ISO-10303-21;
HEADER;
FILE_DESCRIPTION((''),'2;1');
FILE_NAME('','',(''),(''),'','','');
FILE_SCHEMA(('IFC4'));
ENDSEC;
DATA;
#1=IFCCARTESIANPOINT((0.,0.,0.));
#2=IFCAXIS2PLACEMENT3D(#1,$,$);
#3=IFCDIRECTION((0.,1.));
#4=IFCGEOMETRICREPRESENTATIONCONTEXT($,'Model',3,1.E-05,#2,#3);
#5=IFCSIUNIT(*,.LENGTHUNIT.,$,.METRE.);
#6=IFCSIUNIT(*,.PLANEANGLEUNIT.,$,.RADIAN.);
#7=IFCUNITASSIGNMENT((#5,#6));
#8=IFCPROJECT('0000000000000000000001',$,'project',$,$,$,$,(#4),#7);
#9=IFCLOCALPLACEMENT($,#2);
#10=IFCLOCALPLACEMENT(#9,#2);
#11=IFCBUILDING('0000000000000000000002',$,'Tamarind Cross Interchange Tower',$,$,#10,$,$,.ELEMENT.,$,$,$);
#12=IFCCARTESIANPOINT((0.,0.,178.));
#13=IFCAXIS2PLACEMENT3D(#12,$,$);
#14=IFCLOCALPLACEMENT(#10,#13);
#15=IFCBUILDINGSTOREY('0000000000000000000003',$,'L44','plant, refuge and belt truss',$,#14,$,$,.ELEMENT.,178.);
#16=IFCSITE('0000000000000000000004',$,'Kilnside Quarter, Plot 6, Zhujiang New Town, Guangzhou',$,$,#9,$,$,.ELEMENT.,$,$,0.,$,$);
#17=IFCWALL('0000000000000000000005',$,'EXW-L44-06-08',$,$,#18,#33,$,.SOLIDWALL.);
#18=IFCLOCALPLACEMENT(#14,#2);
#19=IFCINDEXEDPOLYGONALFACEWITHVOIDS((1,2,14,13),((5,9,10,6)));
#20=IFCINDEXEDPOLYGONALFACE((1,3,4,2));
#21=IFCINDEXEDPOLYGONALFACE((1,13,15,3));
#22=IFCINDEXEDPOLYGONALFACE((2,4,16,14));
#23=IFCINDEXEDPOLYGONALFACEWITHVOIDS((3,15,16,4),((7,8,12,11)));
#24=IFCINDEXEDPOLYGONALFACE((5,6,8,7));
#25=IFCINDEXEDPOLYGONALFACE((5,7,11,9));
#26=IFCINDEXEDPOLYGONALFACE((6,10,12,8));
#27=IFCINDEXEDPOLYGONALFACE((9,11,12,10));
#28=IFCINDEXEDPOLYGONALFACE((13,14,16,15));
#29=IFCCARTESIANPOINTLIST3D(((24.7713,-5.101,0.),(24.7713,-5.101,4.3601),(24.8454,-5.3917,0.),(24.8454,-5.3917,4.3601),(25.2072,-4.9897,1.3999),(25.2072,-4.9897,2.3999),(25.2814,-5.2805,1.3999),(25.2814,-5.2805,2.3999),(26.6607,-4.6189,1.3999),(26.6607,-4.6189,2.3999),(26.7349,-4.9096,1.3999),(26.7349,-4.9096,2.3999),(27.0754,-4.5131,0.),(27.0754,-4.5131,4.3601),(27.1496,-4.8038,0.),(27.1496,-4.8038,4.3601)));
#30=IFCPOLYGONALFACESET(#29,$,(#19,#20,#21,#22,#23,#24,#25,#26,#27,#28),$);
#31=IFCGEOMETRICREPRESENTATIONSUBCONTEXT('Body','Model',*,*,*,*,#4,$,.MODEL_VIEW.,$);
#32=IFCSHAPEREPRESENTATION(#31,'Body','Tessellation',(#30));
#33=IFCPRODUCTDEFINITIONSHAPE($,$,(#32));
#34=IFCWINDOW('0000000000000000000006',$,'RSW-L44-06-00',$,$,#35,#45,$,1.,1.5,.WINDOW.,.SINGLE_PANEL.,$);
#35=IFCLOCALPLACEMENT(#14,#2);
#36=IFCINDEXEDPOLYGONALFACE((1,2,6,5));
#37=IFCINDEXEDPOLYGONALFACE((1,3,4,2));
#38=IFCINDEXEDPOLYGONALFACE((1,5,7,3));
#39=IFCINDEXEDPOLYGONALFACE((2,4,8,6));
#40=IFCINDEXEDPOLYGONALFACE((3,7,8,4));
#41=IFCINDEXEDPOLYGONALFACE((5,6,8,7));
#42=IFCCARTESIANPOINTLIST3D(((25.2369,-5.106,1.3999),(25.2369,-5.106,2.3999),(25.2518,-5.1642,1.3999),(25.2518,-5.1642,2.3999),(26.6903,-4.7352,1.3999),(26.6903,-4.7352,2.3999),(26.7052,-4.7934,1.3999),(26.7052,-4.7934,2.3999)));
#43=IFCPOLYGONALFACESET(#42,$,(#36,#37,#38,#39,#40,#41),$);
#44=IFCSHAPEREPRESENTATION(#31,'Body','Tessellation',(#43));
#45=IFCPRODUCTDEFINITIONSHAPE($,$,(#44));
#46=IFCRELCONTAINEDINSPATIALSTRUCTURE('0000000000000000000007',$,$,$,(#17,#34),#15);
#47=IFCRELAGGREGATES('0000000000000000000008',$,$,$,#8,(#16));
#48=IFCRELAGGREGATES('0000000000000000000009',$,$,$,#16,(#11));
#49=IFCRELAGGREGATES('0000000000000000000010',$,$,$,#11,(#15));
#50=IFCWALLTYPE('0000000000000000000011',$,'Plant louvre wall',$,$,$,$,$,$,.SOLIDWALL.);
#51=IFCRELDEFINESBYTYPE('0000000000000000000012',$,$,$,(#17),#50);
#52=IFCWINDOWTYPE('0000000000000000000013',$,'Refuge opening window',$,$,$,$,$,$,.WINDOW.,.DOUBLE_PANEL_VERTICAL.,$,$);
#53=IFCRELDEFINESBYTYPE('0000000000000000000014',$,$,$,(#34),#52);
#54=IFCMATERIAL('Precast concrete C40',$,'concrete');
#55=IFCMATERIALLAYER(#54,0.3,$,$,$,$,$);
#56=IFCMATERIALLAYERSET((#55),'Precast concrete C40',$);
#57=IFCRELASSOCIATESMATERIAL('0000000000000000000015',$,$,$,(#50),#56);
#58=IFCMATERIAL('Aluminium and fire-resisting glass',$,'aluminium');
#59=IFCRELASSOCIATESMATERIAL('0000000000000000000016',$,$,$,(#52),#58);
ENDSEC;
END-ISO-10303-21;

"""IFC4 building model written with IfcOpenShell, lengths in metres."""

from ifc_helpers import new_model, si_unit, direction, frame, frame_2d, origin, place, context, subcontext, project, spatial, rectangle, extrude, material, layer, layer_set, type_object, element, fill, save


model = new_model("IFC4")

# Units and contexts
model_context = context("Model", 3, precision=1e-05, world=origin(), true_north=direction((0.0, 1.0)))
body_context = subcontext(model_context, "Body", "Model", "MODEL_VIEW")
ifc_project = project(units=[si_unit("LENGTHUNIT", "METRE"), si_unit("PLANEANGLEUNIT", "RADIAN")], contexts=[model_context])

# Site, building, storey
site_placement = place(None, origin())
site = spatial("IfcSite", under=ifc_project, at=site_placement, Name="Kilnside Quarter, Plot 6, Zhujiang New Town, Guangzhou", CompositionType="ELEMENT", RefElevation=0.0)
building_placement = place(site_placement, origin())
building = spatial("IfcBuilding", under=site, at=building_placement, Name="Tamarind Cross Interchange Tower", CompositionType="ELEMENT")
storey_placement = place(building_placement, frame((0.0, 0.0, 178.0)))
storey = spatial("IfcBuildingStorey", under=building, at=storey_placement, Name="L44", Description="plant, refuge and belt truss", CompositionType="ELEMENT", Elevation=178.0)

# Shared definitions
ifc_material_1 = material(Name="Precast concrete C40", Category="concrete")
ifc_layer_1 = layer(ifc_material_1, 0.3)
ifc_layer_set_1 = layer_set([ifc_layer_1], Name="Precast concrete C40")
wall_type_1 = type_object("IfcWallType", Name="Plant louvre wall", PredefinedType="SOLIDWALL", material=ifc_layer_set_1)

# Wall, opening, window
wall_1_placement = place(storey_placement, frame((24.8083, -5.2463, 0.0), z_axis=(0.0, 0.0, 1.0), x_axis=(0.96896, 0.247219, 0.0)))
wall_1 = element("IfcWall", 1, at=wall_1_placement, inside=storey, type_object=wall_type_1, Name="EXW-L44-06-08", PredefinedType="SOLIDWALL", context=body_context, shape_type="SweptSolid", body=[
    extrude(rectangle(XDim=2.3779, YDim=0.3, at=frame_2d((1.189, 0.0))), origin(), (0.0, 0.0, 1.0), 4.3601),
])
opening_1_placement = place(wall_1_placement, frame((0.45, 0.0, 1.3999)))
opening_1 = element("IfcOpeningElement", 2, at=opening_1_placement, cuts=wall_1, PredefinedType="OPENING", context=body_context, shape_type="SweptSolid", body=[
    extrude(rectangle(XDim=1.5, YDim=1.0, at=frame_2d((0.75, 0.5))), frame((0.0, 0.1599, 0.0), z_axis=(0.0, -1.0, 0.0), x_axis=(1.0, 0.0, 0.0)), (0.0, 0.0, 1.0), 0.3201),
])
ifc_material_2 = material(Name="Aluminium and fire-resisting glass", Category="aluminium")
window_type_1 = type_object("IfcWindowType", Name="Refuge opening window", PartitioningType="DOUBLE_PANEL_VERTICAL", PredefinedType="WINDOW", material=ifc_material_2)
window_1_placement = place(opening_1_placement, origin())
window_1 = element("IfcWindow", 3, at=window_1_placement, inside=storey, type_object=window_type_1, Name="RSW-L44-06-00", OverallHeight=1.0, OverallWidth=1.5, PartitioningType="SINGLE_PANEL", PredefinedType="WINDOW", context=body_context, shape_type="SweptSolid", body=[
    extrude(rectangle(XDim=1.5, YDim=1.0, at=frame_2d((0.75, 0.5))), frame((0.0, 0.03, 0.0), z_axis=(0.0, -1.0, 0.0), x_axis=(1.0, 0.0, 0.0)), (0.0, 0.0, 1.0), 0.0601),
])
fill(opening_1, window_1)

save(model, "model.ifc")
